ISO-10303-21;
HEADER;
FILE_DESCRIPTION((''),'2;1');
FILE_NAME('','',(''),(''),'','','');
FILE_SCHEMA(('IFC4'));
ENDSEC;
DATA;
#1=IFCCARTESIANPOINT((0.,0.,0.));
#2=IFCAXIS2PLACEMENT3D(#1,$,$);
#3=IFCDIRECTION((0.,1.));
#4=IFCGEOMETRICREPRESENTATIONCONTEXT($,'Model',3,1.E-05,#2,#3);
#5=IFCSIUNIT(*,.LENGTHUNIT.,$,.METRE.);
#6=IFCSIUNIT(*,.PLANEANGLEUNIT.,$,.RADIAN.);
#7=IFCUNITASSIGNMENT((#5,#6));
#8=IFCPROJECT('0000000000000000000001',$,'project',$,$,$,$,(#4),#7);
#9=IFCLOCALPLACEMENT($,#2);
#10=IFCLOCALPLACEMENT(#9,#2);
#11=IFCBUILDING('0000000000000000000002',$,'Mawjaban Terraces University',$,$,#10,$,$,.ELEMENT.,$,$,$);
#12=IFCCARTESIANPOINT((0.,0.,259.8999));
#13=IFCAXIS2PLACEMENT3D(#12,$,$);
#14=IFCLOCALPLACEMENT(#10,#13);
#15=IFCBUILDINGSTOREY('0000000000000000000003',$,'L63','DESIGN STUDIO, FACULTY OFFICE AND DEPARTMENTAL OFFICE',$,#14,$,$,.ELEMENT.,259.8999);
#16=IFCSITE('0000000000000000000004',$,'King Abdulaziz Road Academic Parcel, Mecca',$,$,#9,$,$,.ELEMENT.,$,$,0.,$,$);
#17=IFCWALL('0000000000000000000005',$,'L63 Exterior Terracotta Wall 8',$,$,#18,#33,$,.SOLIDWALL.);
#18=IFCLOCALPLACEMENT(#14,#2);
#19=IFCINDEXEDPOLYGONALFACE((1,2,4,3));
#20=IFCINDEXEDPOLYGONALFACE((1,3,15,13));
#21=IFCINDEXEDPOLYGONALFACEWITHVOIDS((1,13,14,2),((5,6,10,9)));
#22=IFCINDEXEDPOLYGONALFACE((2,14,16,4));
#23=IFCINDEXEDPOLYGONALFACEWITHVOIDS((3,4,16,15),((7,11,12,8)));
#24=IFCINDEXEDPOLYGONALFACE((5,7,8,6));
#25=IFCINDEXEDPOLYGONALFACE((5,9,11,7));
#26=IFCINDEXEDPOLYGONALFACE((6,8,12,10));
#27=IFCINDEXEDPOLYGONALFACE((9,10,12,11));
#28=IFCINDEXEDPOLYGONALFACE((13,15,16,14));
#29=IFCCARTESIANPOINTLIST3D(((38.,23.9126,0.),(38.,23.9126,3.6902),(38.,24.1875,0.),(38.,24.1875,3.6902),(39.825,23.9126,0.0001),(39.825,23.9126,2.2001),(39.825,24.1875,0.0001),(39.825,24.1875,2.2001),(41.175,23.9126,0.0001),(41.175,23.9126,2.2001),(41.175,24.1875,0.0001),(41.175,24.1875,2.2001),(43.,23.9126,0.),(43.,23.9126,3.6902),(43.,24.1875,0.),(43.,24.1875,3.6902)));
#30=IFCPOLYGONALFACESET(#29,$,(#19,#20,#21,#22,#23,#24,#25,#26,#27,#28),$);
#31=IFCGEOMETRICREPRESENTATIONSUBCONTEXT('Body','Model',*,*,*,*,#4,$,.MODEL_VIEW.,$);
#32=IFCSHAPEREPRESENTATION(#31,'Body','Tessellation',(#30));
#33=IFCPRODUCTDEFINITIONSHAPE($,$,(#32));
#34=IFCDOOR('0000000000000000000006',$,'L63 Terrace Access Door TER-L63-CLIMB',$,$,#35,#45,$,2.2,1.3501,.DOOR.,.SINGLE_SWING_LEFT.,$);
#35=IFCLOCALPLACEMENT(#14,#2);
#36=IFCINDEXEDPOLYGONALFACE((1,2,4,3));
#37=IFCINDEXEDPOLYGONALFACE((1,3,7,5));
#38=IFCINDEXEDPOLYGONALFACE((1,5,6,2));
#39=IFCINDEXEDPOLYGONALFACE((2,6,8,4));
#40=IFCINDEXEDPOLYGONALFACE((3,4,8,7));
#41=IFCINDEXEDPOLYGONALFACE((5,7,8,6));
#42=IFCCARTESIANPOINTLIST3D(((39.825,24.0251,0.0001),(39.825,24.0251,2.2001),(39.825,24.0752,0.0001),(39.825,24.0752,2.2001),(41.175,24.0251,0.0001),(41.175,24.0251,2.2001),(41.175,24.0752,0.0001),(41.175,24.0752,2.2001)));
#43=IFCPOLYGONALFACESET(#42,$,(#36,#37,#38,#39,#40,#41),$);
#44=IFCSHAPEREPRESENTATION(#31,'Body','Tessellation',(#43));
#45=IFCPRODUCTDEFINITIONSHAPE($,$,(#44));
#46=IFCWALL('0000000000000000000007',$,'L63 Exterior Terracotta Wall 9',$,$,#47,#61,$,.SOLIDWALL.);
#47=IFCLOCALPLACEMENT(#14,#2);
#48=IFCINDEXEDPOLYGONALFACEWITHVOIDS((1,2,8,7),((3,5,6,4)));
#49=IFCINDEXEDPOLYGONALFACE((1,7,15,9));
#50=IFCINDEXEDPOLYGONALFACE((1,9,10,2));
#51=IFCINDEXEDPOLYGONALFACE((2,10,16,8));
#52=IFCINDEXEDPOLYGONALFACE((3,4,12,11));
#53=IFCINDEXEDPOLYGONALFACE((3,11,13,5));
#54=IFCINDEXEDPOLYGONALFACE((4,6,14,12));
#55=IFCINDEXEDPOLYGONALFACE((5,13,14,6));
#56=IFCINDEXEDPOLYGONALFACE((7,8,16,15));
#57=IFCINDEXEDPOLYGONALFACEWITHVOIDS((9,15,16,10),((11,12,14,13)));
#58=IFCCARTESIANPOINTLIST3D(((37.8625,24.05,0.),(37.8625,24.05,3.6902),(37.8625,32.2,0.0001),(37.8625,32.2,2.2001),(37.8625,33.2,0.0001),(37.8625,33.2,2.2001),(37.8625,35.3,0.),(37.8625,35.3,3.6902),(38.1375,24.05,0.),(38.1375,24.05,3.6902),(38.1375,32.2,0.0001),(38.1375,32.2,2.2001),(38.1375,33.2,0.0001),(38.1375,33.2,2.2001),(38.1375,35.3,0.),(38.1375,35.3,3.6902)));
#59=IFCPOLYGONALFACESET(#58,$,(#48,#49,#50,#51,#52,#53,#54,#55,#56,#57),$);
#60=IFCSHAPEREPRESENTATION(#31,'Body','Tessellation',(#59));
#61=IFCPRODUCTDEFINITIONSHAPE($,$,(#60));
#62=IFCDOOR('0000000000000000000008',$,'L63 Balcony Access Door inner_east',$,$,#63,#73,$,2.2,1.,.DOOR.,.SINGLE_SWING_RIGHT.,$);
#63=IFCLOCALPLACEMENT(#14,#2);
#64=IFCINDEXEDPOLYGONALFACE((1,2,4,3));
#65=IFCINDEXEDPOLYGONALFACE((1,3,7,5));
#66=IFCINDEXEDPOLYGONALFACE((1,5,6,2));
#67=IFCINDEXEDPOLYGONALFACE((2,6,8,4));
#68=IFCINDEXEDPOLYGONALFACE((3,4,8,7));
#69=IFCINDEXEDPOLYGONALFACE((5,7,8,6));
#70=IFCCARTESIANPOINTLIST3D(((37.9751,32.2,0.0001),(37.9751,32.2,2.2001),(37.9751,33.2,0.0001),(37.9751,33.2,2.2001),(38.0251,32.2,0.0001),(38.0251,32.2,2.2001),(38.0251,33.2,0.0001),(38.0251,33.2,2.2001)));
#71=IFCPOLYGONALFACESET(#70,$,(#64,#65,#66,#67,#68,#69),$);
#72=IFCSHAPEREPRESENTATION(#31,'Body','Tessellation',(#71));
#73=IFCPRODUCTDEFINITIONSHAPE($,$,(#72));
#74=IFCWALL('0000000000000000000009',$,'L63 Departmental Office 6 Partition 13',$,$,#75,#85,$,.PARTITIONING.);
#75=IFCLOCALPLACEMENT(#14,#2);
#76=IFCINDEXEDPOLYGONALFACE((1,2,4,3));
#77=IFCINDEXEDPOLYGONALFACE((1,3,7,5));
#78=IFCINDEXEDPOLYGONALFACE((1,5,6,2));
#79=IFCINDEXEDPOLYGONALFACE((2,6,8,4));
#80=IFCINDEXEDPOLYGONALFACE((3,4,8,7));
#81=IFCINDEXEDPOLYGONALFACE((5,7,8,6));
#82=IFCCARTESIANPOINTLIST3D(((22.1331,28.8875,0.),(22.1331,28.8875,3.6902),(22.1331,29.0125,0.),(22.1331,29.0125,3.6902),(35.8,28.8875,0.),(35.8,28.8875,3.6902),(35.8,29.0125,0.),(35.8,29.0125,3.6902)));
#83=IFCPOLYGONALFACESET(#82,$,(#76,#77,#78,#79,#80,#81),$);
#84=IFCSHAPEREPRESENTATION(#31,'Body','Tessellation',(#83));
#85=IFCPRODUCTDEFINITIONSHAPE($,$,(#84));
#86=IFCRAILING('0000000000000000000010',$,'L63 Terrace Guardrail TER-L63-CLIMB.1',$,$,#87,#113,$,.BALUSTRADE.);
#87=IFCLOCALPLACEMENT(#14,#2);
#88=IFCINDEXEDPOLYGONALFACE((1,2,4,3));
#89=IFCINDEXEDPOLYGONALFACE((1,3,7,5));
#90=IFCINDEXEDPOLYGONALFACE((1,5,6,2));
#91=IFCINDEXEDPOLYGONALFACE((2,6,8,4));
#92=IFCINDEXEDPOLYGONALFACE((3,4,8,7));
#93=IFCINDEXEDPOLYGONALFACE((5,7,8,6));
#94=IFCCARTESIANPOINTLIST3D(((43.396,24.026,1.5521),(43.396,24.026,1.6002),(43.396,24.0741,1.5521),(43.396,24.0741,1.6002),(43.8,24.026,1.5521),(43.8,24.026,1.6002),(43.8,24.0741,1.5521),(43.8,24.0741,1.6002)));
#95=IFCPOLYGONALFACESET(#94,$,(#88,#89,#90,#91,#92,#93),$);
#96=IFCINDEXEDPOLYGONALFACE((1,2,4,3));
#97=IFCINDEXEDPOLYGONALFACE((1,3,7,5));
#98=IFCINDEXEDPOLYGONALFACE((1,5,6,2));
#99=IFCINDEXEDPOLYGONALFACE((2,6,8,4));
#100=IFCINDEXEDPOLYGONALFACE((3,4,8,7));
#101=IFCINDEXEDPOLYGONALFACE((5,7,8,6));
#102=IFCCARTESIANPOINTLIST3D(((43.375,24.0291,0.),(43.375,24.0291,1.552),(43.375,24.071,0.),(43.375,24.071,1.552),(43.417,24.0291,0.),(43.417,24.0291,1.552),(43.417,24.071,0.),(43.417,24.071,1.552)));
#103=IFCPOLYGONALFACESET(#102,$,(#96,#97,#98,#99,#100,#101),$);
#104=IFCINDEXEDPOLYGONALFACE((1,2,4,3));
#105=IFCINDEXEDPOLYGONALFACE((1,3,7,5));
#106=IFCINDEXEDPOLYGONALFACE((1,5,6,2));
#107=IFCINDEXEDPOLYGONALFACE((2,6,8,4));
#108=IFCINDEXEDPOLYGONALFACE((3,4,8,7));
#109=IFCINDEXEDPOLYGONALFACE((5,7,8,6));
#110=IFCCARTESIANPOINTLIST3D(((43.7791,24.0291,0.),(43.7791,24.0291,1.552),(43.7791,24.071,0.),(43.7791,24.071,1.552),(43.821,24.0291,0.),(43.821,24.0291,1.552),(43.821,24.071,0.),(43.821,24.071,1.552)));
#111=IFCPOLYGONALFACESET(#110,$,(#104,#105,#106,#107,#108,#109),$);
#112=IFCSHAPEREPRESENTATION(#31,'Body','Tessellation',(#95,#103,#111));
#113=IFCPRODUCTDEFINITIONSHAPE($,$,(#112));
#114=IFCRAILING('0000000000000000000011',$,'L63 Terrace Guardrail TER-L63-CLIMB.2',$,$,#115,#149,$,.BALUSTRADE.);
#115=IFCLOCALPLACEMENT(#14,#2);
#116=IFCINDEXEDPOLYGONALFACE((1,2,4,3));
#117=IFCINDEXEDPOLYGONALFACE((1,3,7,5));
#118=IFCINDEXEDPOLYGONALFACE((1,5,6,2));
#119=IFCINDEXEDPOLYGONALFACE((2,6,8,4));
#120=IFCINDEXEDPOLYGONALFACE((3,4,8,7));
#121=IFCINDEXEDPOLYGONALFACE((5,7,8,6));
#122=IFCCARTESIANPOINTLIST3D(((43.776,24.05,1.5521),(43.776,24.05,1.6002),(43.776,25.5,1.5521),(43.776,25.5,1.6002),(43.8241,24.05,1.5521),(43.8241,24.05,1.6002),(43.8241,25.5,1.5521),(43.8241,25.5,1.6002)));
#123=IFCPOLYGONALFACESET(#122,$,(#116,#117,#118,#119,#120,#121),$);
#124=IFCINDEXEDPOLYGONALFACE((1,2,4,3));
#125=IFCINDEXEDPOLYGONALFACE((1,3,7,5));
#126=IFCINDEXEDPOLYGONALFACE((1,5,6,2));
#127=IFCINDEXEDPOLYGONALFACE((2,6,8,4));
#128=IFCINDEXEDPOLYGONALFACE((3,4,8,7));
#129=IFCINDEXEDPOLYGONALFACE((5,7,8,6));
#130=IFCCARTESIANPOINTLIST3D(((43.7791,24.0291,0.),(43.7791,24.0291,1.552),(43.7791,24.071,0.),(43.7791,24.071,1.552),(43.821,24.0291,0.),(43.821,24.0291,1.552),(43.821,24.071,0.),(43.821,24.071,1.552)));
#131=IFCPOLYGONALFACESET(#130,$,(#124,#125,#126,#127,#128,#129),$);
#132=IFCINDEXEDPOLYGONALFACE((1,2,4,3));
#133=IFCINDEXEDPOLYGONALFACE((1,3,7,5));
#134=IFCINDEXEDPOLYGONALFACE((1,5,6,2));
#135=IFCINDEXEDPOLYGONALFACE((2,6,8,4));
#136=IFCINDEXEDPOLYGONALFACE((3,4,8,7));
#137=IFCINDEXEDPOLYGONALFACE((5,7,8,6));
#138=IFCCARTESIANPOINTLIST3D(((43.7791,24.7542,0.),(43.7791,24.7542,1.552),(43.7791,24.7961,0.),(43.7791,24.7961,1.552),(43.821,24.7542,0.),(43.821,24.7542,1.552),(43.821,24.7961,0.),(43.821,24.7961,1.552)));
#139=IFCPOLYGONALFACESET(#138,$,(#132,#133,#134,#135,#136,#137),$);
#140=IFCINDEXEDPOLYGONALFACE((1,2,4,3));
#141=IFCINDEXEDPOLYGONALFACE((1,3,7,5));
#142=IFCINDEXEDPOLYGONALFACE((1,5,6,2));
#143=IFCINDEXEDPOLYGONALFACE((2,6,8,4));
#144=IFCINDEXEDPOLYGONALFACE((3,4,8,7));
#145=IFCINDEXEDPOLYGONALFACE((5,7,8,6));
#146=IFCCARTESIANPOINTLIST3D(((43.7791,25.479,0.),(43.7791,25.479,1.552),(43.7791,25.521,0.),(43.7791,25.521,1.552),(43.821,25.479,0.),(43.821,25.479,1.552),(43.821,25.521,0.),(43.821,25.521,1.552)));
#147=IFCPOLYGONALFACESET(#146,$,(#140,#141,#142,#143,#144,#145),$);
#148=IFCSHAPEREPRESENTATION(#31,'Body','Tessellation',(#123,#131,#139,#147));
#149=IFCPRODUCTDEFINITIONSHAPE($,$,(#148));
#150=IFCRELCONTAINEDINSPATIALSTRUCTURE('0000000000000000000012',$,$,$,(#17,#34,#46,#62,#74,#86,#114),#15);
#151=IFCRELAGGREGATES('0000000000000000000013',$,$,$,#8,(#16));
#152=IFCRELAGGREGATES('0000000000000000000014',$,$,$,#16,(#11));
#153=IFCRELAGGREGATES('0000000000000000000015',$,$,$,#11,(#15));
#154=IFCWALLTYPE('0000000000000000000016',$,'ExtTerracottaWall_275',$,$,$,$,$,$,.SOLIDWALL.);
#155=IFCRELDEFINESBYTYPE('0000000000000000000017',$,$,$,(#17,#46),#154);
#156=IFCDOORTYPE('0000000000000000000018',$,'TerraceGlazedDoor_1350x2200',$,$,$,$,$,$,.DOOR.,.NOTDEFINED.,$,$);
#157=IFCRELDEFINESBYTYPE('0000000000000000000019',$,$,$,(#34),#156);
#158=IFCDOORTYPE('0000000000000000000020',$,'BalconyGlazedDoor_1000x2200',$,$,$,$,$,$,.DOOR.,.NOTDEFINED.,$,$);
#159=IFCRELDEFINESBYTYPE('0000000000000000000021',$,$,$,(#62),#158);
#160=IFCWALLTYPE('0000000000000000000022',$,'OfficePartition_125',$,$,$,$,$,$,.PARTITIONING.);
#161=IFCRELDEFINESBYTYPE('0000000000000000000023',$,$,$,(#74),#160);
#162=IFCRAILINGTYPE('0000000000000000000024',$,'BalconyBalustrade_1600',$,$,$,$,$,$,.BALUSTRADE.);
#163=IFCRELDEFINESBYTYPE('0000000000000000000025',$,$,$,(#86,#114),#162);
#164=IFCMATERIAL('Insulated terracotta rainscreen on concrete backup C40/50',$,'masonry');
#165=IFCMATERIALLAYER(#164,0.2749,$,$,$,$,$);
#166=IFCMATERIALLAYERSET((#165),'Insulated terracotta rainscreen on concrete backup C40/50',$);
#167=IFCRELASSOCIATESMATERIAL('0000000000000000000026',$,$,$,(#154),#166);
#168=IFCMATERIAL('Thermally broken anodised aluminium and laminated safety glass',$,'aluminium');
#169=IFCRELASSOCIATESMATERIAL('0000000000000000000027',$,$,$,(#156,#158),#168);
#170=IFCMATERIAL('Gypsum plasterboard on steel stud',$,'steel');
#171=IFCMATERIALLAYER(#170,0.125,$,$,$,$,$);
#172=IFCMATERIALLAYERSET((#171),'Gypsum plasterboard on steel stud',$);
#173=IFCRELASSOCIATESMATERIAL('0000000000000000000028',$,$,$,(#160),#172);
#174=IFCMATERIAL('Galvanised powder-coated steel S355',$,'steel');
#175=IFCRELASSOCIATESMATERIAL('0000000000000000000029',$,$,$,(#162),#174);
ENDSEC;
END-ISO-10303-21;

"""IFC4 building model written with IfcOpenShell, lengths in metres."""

from ifc_helpers import new_model, si_unit, direction, frame, frame_2d, origin, origin_2d, place, context, subcontext, project, spatial, rectangle, extrude, material, layer, layer_set, type_object, element, fill, save


model = new_model("IFC4")

# Units and contexts
model_context = context("Model", 3, precision=1e-05, world=origin(), true_north=direction((0.0, 1.0)))
body_context = subcontext(model_context, "Body", "Model", "MODEL_VIEW")
ifc_project = project(units=[si_unit("LENGTHUNIT", "METRE"), si_unit("PLANEANGLEUNIT", "RADIAN")], contexts=[model_context])

# Site, building, storey
site_placement = place(None, origin())
site = spatial("IfcSite", under=ifc_project, at=site_placement, Name="King Abdulaziz Road Academic Parcel, Mecca", CompositionType="ELEMENT", RefElevation=0.0)
building_placement = place(site_placement, origin())
building = spatial("IfcBuilding", under=site, at=building_placement, Name="Mawjaban Terraces University", CompositionType="ELEMENT")
storey_placement = place(building_placement, frame((0.0, 0.0, 259.8999)))
storey = spatial("IfcBuildingStorey", under=building, at=storey_placement, Name="L63", Description="DESIGN STUDIO, FACULTY OFFICE AND DEPARTMENTAL OFFICE", CompositionType="ELEMENT", Elevation=259.8999)

# Walls, openings, doors
ifc_material_1 = material(Name="Insulated terracotta rainscreen on concrete backup C40/50", Category="masonry")
ifc_layer_1 = layer(ifc_material_1, 0.2749)
ifc_layer_set_1 = layer_set([ifc_layer_1], Name="Insulated terracotta rainscreen on concrete backup C40/50")
wall_type_1 = type_object("IfcWallType", Name="ExtTerracottaWall_275", PredefinedType="SOLIDWALL", material=ifc_layer_set_1)
wall_1_placement = place(storey_placement, frame((43.0, 24.05, 0.0), z_axis=(0.0, 0.0, 1.0), x_axis=(-1.0, 0.0, 0.0)))
wall_1 = element("IfcWall", 1, at=wall_1_placement, inside=storey, type_object=wall_type_1, Name="L63 Exterior Terracotta Wall 8", PredefinedType="SOLIDWALL", context=body_context, shape_type="SweptSolid", body=[
    extrude(rectangle(XDim=5.0, YDim=0.2749, at=frame_2d((2.5, 0.0))), origin(), (0.0, 0.0, 1.0), 3.6902),
])
opening_1_placement = place(wall_1_placement, frame((1.825, 0.0, 0.0)))
opening_1 = element("IfcOpeningElement", 2, at=opening_1_placement, cuts=wall_1, PredefinedType="OPENING", context=body_context, shape_type="SweptSolid", body=[
    extrude(rectangle(XDim=1.3501, YDim=2.2, at=frame_2d((0.675, 1.1001))), frame((0.0, 0.1475, 0.0), z_axis=(0.0, -1.0, 0.0), x_axis=(1.0, 0.0, 0.0)), (0.0, 0.0, 1.0), 0.2949),
])
ifc_material_2 = material(Name="Thermally broken anodised aluminium and laminated safety glass", Category="aluminium")
door_type_1 = type_object("IfcDoorType", Name="TerraceGlazedDoor_1350x2200", OperationType="NOTDEFINED", PredefinedType="DOOR", material=ifc_material_2)
door_1_placement = place(opening_1_placement, origin())
door_1 = element("IfcDoor", 3, at=door_1_placement, inside=storey, type_object=door_type_1, Name="L63 Terrace Access Door TER-L63-CLIMB", OperationType="SINGLE_SWING_LEFT", OverallHeight=2.2, OverallWidth=1.3501, PredefinedType="DOOR", context=body_context, shape_type="SweptSolid", body=[
    extrude(rectangle(XDim=1.3501, YDim=2.2, at=frame_2d((0.675, 1.1001))), frame((0.0, 0.0249, 0.0), z_axis=(0.0, -1.0, 0.0), x_axis=(1.0, 0.0, 0.0)), (0.0, 0.0, 1.0), 0.05),
])
fill(opening_1, door_1)
wall_2_placement = place(storey_placement, frame((38.0, 24.05, 0.0), z_axis=(0.0, 0.0, 1.0), x_axis=(0.0, 1.0, 0.0)))
wall_2 = element("IfcWall", 4, at=wall_2_placement, inside=storey, type_object=wall_type_1, Name="L63 Exterior Terracotta Wall 9", PredefinedType="SOLIDWALL", context=body_context, shape_type="SweptSolid", body=[
    extrude(rectangle(XDim=11.25, YDim=0.2749, at=frame_2d((5.625, 0.0))), origin(), (0.0, 0.0, 1.0), 3.6902),
])
opening_2_placement = place(wall_2_placement, frame((8.1499, 0.0, 0.0)))
opening_2 = element("IfcOpeningElement", 5, at=opening_2_placement, cuts=wall_2, PredefinedType="OPENING", context=body_context, shape_type="SweptSolid", body=[
    extrude(rectangle(XDim=1.0, YDim=2.2, at=frame_2d((0.5, 1.1001))), frame((0.0, 0.1475, 0.0), z_axis=(0.0, -1.0, 0.0), x_axis=(1.0, 0.0, 0.0)), (0.0, 0.0, 1.0), 0.2949),
])
door_type_2 = type_object("IfcDoorType", Name="BalconyGlazedDoor_1000x2200", OperationType="NOTDEFINED", PredefinedType="DOOR", material=ifc_material_2)
door_2_placement = place(opening_2_placement, origin())
door_2 = element("IfcDoor", 6, at=door_2_placement, inside=storey, type_object=door_type_2, Name="L63 Balcony Access Door inner_east", OperationType="SINGLE_SWING_RIGHT", OverallHeight=2.2, OverallWidth=1.0, PredefinedType="DOOR", context=body_context, shape_type="SweptSolid", body=[
    extrude(rectangle(XDim=1.0, YDim=2.2, at=frame_2d((0.5, 1.1001))), frame((0.0, 0.0249, 0.0), z_axis=(0.0, -1.0, 0.0), x_axis=(1.0, 0.0, 0.0)), (0.0, 0.0, 1.0), 0.05),
])
fill(opening_2, door_2)

# Wall
ifc_material_3 = material(Name="Gypsum plasterboard on steel stud", Category="steel")
ifc_layer_2 = layer(ifc_material_3, 0.125)
ifc_layer_set_2 = layer_set([ifc_layer_2], Name="Gypsum plasterboard on steel stud")
wall_type_2 = type_object("IfcWallType", Name="OfficePartition_125", PredefinedType="PARTITIONING", material=ifc_layer_set_2)
wall_3_placement = place(storey_placement, frame((35.8, 28.95, 0.0), z_axis=(0.0, 0.0, 1.0), x_axis=(-1.0, 0.0, 0.0)))
element("IfcWall", 7, at=wall_3_placement, inside=storey, type_object=wall_type_2, Name="L63 Departmental Office 6 Partition 13", PredefinedType="PARTITIONING", context=body_context, shape_type="SweptSolid", body=[
    extrude(rectangle(XDim=13.667, YDim=0.125, at=frame_2d((6.8335, 0.0))), origin(), (0.0, 0.0, 1.0), 3.6902),
])

# Railings
ifc_material_4 = material(Name="Galvanised powder-coated steel S355", Category="steel")
railing_type = type_object("IfcRailingType", Name="BalconyBalustrade_1600", PredefinedType="BALUSTRADE", material=ifc_material_4)
railing_1_placement = place(storey_placement, frame((43.396, 24.05, 0.0)))
element("IfcRailing", 8, at=railing_1_placement, inside=storey, type_object=railing_type, Name="L63 Terrace Guardrail TER-L63-CLIMB.1", PredefinedType="BALUSTRADE", context=body_context, shape_type="SweptSolid", body=[
    extrude(rectangle(XDim=0.0481, YDim=0.0481, at=origin_2d()), frame((0.0, 0.0, 1.5762), z_axis=(1.0, 0.0, 0.0), x_axis=(0.0, 1.0, 0.0)), (0.0, 0.0, 1.0), 0.4041),
    extrude(rectangle(XDim=0.042, YDim=0.042, at=origin_2d()), origin(), (0.0, 0.0, 1.0), 1.552),
    extrude(rectangle(XDim=0.042, YDim=0.042, at=origin_2d()), frame((0.4041, 0.0, 0.0)), (0.0, 0.0, 1.0), 1.552),
])
railing_2_placement = place(storey_placement, frame((43.8, 24.05, 0.0)))
element("IfcRailing", 9, at=railing_2_placement, inside=storey, type_object=railing_type, Name="L63 Terrace Guardrail TER-L63-CLIMB.2", PredefinedType="BALUSTRADE", context=body_context, shape_type="SweptSolid", body=[
    extrude(rectangle(XDim=0.0481, YDim=0.0481, at=origin_2d()), frame((0.0, 0.0, 1.5762), z_axis=(0.0, 1.0, 0.0), x_axis=(-1.0, 0.0, 0.0)), (0.0, 0.0, 1.0), 1.45),
    extrude(rectangle(XDim=0.042, YDim=0.042, at=origin_2d()), origin(), (0.0, 0.0, 1.0), 1.552),
    extrude(rectangle(XDim=0.042, YDim=0.042, at=origin_2d()), frame((0.0, 0.7251, 0.0)), (0.0, 0.0, 1.0), 1.552),
    extrude(rectangle(XDim=0.042, YDim=0.042, at=origin_2d()), frame((0.0, 1.45, 0.0)), (0.0, 0.0, 1.0), 1.552),
])

save(model, "model.ifc")
